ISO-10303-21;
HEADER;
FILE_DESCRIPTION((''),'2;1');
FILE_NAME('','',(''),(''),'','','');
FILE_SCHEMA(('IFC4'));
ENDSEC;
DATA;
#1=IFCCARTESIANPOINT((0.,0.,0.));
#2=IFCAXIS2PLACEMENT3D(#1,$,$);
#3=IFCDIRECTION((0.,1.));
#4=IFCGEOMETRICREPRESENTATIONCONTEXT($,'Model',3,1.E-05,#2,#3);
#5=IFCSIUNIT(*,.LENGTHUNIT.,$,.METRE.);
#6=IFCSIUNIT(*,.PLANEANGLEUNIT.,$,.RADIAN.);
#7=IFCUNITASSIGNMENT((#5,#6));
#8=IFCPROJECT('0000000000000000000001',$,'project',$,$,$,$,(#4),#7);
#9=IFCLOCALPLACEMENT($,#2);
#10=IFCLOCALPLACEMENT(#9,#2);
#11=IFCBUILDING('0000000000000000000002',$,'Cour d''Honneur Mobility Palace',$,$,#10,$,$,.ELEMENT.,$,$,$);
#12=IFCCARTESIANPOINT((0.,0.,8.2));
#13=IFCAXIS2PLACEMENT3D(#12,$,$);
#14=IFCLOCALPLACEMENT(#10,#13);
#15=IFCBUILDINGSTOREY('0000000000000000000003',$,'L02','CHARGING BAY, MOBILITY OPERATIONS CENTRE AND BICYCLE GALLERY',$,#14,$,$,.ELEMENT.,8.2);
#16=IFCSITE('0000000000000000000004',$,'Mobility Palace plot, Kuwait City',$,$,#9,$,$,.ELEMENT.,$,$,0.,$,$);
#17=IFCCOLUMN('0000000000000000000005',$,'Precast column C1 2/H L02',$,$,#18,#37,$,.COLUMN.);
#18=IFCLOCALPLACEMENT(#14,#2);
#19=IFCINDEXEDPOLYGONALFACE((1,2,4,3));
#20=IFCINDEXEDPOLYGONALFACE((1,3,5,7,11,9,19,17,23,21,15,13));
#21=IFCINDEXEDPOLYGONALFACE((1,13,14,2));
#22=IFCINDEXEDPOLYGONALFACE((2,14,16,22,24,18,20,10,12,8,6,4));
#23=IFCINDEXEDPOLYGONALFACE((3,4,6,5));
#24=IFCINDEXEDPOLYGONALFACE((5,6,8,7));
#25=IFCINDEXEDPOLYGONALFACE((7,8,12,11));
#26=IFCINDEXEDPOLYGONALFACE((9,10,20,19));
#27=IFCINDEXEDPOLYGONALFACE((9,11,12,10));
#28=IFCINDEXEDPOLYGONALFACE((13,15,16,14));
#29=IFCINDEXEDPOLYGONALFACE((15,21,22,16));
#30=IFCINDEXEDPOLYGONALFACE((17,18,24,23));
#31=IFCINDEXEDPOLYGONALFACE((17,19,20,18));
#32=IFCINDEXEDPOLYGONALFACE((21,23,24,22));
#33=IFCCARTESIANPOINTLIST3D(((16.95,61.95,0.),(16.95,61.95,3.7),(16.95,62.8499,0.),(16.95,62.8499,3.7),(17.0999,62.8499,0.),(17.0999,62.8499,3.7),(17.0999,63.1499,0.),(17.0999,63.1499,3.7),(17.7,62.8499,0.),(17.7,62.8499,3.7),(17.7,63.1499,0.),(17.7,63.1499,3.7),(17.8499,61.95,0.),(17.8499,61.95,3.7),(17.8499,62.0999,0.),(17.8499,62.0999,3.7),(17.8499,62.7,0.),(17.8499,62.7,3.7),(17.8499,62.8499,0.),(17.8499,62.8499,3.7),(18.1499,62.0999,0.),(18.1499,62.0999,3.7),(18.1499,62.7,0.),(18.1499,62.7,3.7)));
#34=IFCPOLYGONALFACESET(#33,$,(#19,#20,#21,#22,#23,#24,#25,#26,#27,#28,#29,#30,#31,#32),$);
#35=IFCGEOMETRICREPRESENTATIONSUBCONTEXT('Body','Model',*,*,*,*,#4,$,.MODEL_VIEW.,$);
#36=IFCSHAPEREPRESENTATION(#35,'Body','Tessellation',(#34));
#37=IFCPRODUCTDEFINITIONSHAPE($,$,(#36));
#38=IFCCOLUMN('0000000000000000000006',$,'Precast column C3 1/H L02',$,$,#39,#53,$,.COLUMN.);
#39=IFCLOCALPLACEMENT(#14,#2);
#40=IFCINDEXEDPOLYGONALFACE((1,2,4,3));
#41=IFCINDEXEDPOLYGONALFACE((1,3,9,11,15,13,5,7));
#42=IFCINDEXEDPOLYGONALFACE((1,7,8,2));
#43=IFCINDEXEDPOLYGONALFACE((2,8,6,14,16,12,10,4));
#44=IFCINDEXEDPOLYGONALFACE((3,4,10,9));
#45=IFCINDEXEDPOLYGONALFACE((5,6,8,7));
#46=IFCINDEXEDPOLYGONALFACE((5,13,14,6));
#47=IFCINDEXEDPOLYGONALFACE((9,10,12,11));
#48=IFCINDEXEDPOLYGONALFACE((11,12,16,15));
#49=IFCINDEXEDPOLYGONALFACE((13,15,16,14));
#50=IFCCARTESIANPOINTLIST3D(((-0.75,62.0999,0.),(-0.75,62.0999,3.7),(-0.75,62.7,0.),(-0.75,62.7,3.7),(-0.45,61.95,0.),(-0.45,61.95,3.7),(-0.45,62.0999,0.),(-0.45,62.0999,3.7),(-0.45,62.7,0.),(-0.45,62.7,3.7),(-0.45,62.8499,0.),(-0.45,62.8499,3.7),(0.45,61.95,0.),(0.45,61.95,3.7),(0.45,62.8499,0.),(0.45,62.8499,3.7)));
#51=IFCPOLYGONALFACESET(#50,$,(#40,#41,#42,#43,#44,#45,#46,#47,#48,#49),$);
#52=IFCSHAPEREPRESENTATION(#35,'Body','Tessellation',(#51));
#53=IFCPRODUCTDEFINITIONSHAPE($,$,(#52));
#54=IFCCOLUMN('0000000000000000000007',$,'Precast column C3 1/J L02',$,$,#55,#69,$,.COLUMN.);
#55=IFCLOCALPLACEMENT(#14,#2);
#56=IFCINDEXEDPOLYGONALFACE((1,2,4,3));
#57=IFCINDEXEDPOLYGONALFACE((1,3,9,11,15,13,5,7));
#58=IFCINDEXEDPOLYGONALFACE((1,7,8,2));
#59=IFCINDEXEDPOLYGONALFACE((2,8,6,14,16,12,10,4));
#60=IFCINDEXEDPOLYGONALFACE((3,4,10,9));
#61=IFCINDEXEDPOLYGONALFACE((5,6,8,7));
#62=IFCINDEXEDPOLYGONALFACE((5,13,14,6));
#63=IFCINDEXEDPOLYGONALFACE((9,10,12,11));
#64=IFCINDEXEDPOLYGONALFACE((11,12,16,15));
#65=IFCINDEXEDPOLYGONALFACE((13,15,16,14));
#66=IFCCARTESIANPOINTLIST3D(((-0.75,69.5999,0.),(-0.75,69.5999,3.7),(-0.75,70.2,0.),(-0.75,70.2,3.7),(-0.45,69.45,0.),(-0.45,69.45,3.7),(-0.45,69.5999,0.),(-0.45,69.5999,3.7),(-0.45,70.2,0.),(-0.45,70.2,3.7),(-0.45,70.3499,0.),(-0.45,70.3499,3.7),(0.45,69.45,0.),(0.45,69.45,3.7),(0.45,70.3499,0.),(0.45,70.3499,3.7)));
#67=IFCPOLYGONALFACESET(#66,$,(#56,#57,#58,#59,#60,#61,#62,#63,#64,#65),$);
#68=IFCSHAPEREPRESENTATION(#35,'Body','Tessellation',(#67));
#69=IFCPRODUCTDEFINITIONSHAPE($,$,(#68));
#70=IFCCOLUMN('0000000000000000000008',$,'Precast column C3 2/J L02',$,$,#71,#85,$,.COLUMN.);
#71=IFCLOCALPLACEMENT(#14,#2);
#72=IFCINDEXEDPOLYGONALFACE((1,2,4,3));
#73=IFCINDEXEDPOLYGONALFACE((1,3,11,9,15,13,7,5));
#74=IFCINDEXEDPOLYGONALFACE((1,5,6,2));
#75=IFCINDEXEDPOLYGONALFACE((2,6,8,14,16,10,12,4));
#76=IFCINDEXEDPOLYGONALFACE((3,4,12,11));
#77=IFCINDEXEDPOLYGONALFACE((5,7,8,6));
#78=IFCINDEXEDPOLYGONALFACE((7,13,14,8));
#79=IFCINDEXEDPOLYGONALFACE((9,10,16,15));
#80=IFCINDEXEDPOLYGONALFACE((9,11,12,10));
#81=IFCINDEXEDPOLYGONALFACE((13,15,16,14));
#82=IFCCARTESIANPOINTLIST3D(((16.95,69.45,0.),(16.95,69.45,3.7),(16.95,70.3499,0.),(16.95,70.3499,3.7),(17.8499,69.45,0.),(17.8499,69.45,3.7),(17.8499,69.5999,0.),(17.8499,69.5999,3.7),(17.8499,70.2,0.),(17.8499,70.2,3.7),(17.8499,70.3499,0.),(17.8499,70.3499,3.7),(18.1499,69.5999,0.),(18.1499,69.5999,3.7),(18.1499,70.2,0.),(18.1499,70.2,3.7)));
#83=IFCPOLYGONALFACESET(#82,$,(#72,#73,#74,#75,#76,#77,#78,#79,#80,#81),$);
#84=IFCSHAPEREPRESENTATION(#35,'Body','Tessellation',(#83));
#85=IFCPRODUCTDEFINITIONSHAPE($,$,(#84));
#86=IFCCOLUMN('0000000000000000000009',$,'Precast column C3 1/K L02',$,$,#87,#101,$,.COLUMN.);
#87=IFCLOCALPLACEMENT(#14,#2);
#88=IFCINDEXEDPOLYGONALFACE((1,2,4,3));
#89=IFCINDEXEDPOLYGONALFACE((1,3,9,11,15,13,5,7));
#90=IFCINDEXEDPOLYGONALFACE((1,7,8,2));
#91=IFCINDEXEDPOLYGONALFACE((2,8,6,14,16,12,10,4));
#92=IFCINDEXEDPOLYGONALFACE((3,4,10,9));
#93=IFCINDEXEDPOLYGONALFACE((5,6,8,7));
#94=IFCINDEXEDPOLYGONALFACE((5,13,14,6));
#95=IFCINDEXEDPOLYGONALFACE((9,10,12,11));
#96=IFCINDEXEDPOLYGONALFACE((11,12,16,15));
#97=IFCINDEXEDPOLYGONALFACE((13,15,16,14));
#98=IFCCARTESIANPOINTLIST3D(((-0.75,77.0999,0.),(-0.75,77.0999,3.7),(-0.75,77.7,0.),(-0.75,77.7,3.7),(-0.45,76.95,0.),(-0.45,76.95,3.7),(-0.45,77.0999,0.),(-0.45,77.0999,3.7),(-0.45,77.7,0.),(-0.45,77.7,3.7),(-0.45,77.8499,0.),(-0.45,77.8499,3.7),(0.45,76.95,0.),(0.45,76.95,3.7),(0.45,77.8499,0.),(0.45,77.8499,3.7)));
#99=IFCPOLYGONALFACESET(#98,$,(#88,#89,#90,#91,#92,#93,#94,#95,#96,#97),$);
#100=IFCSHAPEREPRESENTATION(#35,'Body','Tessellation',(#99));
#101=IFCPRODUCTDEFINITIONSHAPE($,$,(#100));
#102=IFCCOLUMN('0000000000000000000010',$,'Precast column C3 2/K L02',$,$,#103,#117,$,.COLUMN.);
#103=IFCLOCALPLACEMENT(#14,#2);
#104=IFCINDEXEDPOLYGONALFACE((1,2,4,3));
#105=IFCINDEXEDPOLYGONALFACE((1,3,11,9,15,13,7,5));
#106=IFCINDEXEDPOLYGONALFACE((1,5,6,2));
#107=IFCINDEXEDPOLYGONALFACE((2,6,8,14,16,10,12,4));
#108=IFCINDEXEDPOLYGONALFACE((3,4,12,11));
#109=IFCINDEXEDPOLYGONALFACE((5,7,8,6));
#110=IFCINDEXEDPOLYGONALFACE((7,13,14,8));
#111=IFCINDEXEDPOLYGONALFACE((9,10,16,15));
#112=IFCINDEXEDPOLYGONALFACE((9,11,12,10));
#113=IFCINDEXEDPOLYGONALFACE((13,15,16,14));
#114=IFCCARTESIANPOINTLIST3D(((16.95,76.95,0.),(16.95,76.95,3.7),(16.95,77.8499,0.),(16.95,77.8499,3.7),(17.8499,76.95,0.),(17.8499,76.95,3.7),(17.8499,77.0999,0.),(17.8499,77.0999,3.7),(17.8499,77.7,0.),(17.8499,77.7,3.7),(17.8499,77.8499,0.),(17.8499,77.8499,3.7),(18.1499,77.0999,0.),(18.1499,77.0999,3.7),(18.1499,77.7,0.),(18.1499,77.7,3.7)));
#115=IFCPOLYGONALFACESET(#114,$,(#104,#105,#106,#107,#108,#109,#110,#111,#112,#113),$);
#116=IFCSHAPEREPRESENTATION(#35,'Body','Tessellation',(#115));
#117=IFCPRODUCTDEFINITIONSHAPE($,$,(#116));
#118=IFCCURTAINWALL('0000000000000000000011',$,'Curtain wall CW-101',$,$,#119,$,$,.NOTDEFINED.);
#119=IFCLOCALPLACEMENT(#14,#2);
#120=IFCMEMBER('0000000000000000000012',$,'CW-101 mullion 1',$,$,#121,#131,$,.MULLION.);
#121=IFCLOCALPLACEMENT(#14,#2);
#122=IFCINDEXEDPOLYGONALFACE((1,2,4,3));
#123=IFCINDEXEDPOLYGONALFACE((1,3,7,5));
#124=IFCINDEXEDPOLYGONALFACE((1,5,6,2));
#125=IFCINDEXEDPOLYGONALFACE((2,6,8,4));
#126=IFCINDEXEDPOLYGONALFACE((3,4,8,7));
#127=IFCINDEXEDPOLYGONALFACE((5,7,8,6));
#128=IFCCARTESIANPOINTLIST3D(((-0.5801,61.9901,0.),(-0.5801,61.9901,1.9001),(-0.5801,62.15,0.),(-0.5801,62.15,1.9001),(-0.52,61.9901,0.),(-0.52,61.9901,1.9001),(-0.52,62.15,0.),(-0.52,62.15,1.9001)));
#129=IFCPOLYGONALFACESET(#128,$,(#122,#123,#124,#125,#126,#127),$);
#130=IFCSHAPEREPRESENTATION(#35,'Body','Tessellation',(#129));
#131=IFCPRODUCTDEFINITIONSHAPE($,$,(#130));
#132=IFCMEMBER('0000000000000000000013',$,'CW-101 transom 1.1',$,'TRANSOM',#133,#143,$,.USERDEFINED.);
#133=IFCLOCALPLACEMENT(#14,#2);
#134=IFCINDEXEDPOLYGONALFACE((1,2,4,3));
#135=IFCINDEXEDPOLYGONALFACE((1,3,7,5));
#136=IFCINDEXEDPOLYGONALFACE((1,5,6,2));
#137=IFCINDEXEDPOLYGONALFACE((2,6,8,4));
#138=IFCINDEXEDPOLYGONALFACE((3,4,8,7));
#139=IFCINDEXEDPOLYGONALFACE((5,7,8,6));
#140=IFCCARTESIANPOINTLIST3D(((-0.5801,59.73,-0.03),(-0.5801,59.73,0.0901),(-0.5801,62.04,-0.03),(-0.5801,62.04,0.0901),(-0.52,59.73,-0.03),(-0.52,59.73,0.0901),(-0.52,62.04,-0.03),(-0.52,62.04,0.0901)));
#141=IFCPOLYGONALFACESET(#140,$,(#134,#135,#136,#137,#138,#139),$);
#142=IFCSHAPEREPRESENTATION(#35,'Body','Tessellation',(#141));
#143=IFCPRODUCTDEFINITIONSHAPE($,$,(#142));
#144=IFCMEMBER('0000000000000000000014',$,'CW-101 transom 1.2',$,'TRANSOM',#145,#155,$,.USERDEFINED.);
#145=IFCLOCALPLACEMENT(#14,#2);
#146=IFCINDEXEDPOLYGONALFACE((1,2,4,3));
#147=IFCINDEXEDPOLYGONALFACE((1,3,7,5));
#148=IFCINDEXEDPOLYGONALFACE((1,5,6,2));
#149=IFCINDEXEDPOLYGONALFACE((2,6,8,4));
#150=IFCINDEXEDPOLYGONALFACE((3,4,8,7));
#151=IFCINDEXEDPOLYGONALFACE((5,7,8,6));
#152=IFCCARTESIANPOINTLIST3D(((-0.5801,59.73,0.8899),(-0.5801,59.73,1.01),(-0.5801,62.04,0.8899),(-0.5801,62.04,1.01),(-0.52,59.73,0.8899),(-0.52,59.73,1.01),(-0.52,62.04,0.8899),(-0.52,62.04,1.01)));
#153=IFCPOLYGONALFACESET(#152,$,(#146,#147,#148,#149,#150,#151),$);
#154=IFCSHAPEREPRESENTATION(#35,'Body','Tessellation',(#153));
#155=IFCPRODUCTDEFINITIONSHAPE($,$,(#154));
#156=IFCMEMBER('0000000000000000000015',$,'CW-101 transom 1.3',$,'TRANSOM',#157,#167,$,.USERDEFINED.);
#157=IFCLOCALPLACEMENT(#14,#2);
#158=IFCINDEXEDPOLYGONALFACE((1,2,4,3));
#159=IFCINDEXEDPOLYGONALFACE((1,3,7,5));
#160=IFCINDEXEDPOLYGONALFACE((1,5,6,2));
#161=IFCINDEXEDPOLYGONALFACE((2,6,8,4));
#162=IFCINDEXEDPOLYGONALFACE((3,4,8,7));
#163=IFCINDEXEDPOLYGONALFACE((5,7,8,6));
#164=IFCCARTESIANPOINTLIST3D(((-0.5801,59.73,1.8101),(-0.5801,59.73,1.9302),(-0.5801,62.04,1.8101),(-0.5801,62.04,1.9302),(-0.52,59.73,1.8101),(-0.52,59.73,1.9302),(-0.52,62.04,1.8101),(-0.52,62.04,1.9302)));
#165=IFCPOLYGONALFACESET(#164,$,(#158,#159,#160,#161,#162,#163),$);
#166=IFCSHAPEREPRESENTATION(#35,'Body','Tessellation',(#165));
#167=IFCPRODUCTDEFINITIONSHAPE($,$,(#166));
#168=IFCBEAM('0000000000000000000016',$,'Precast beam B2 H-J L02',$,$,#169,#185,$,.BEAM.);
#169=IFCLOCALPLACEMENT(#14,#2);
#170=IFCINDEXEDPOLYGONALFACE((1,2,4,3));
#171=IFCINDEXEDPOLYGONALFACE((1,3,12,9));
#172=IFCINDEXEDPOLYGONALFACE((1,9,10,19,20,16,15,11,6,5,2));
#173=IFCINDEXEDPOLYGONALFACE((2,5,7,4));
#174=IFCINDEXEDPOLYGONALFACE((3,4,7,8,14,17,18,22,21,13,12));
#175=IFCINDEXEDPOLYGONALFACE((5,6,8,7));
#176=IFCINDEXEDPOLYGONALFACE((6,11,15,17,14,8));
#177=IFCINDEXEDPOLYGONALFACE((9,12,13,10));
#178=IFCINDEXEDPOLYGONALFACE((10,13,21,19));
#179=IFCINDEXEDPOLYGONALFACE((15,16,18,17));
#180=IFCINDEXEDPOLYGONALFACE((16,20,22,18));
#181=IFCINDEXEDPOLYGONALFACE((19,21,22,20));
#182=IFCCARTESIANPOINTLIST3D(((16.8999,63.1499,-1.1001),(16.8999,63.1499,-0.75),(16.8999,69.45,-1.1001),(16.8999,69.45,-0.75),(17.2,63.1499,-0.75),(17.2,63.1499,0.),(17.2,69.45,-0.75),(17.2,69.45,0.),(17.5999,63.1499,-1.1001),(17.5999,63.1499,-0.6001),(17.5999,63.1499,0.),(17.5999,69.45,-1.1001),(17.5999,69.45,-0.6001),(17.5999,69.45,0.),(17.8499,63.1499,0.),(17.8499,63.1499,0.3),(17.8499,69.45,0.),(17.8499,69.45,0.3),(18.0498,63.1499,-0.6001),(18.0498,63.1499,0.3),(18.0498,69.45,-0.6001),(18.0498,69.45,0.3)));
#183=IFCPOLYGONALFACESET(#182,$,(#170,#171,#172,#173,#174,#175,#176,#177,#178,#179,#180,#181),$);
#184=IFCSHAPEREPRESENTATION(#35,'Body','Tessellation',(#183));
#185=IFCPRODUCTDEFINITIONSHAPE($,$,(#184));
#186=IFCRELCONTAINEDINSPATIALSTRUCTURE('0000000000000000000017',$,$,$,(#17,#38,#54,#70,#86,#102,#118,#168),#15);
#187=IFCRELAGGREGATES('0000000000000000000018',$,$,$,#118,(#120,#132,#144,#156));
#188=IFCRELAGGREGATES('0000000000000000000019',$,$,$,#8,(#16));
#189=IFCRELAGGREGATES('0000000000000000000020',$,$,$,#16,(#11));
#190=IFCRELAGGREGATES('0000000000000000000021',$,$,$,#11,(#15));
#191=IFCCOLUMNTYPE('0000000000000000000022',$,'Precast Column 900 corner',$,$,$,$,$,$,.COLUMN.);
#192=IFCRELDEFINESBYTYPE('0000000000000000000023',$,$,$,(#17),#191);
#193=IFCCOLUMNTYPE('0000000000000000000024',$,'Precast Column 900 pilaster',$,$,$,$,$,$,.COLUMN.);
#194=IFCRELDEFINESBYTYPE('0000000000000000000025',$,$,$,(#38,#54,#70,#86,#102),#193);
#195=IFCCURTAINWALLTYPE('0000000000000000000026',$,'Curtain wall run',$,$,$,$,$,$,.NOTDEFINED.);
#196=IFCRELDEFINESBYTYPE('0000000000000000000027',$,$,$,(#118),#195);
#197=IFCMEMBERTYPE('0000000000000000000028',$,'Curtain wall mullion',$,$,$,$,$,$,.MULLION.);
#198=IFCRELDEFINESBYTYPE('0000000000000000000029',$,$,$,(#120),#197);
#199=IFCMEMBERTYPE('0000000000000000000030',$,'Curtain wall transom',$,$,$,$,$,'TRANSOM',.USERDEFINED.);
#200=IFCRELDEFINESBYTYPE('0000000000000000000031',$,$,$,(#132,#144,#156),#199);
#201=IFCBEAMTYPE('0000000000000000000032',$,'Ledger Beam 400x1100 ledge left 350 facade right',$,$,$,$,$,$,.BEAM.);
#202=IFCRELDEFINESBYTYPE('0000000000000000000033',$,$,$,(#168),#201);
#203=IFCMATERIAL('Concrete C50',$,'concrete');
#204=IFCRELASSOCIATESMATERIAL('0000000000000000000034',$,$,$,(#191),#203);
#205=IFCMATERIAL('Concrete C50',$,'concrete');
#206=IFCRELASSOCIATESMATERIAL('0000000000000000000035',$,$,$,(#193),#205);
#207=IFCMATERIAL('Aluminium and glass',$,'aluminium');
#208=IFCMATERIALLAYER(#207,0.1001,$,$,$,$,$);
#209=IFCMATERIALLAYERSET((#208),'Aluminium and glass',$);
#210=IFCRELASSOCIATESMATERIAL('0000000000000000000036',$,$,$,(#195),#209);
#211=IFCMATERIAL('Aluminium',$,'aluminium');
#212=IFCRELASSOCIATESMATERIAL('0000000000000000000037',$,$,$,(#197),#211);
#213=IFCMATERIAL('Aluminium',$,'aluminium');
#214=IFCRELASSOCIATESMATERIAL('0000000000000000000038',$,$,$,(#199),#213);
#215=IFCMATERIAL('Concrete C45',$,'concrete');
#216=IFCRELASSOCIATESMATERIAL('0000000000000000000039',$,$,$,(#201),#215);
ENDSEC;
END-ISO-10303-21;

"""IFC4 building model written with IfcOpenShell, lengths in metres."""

from ifc_helpers import new_model, si_unit, direction, frame, origin, origin_2d, place, context, subcontext, project, spatial, polyline, rectangle, outline, extrude, material, layer, layer_set, material_profile, profile_set, type_object, element, aggregate, save


model = new_model("IFC4")

# Units and contexts
model_context = context("Model", 3, precision=1e-05, world=origin(), true_north=direction((0.0, 1.0)))
body_context = subcontext(model_context, "Body", "Model", "MODEL_VIEW")
ifc_project = project(units=[si_unit("LENGTHUNIT", "METRE"), si_unit("PLANEANGLEUNIT", "RADIAN")], contexts=[model_context])

# Site, building, storey
site_placement = place(None, origin())
site = spatial("IfcSite", under=ifc_project, at=site_placement, Name="Mobility Palace plot, Kuwait City", CompositionType="ELEMENT", RefElevation=0.0)
building_placement = place(site_placement, origin())
building = spatial("IfcBuilding", under=site, at=building_placement, Name="Cour d'Honneur Mobility Palace", CompositionType="ELEMENT")
storey_placement = place(building_placement, frame((0.0, 0.0, 8.2)))
storey = spatial("IfcBuildingStorey", under=building, at=storey_placement, Name="L02", Description="CHARGING BAY, MOBILITY OPERATIONS CENTRE AND BICYCLE GALLERY", CompositionType="ELEMENT", Elevation=8.2)

# Columns
ifc_material_1 = material(Name="Concrete C50", Category="concrete")
ifc_material_profile_1 = material_profile(ifc_material_1, outline(polyline([(-0.45, -0.45), (0.45, -0.45), (0.45, -0.3), (0.75, -0.3), (0.75, 0.3), (0.45, 0.3), (0.45, 0.45), (0.3, 0.45), (0.3, 0.75), (-0.3, 0.75), (-0.3, 0.45), (-0.45, 0.45), (-0.45, -0.45)])), Name="PC C900 corner")
ifc_profile_set_1 = profile_set([ifc_material_profile_1], Name="Concrete C50")
column_type_1 = type_object("IfcColumnType", Name="Precast Column 900 corner", PredefinedType="COLUMN", material=ifc_profile_set_1)
column_placement = place(storey_placement, frame((17.3999, 62.3999, 0.0), z_axis=(0.0, 0.0, 1.0), x_axis=(1.0, 0.0, 0.0)))
element("IfcColumn", 1, at=column_placement, inside=storey, type_object=column_type_1, Name="Precast column C1 2/H L02", PredefinedType="COLUMN", context=body_context, shape_type="SweptSolid", body=[
    extrude(outline(polyline([(-0.45, -0.45), (0.45, -0.45), (0.45, -0.3), (0.75, -0.3), (0.75, 0.3), (0.45, 0.3), (0.45, 0.45), (0.3, 0.45), (0.3, 0.75), (-0.3, 0.75), (-0.3, 0.45), (-0.45, 0.45), (-0.45, -0.45)])), origin(), (0.0, 0.0, 1.0), 3.7),
])
ifc_material_2 = material(Name="Concrete C50", Category="concrete")
ifc_material_profile_2 = material_profile(ifc_material_2, outline(polyline([(-0.45, -0.45), (0.45, -0.45), (0.45, -0.3), (0.75, -0.3), (0.75, 0.3), (0.45, 0.3), (0.45, 0.45), (-0.45, 0.45), (-0.45, -0.45)])), Name="PC C900 pilaster")
ifc_profile_set_2 = profile_set([ifc_material_profile_2], Name="Concrete C50")
column_type_2 = type_object("IfcColumnType", Name="Precast Column 900 pilaster", PredefinedType="COLUMN", material=ifc_profile_set_2)
for number, where, z_axis, x_axis, name in (
    (2, (0.0, 62.3999, 0.0), (0.0, 0.0, 1.0), (-1.0, 0.0, 0.0), "Precast column C3 1/H L02"),
    (3, (0.0, 69.8999, 0.0), (0.0, 0.0, 1.0), (-1.0, 0.0, 0.0), "Precast column C3 1/J L02"),
    (4, (17.3999, 69.8999, 0.0), (0.0, 0.0, 1.0), (1.0, 0.0, 0.0), "Precast column C3 2/J L02"),
    (5, (0.0, 77.3999, 0.0), (0.0, 0.0, 1.0), (-1.0, 0.0, 0.0), "Precast column C3 1/K L02"),
    (6, (17.3999, 77.3999, 0.0), (0.0, 0.0, 1.0), (1.0, 0.0, 0.0), "Precast column C3 2/K L02"),
):
    element("IfcColumn", number, at=place(storey_placement, frame(where, z_axis=z_axis, x_axis=x_axis)), inside=storey, type_object=column_type_2, Name=name, PredefinedType="COLUMN", context=body_context, shape_type="SweptSolid", body=[
        extrude(outline(polyline([(-0.45, -0.45), (0.45, -0.45), (0.45, -0.3), (0.75, -0.3), (0.75, 0.3), (0.45, 0.3), (0.45, 0.45), (-0.45, 0.45), (-0.45, -0.45)])), origin(), (0.0, 0.0, 1.0), 3.7),
    ])

# Curtain wall, members
ifc_material_3 = material(Name="Aluminium and glass", Category="aluminium")
ifc_layer_1 = layer(ifc_material_3, 0.1001)
ifc_layer_set_1 = layer_set([ifc_layer_1], Name="Aluminium and glass")
curtain_wall_type = type_object("IfcCurtainWallType", Name="Curtain wall run", PredefinedType="NOTDEFINED", material=ifc_layer_set_1)
curtain_wall_placement = place(storey_placement, origin())
curtain_wall = element("IfcCurtainWall", 7, at=curtain_wall_placement, inside=storey, type_object=curtain_wall_type, Name="Curtain wall CW-101", PredefinedType="NOTDEFINED")
ifc_material_4 = material(Name="Aluminium", Category="aluminium")
ifc_material_profile_3 = material_profile(ifc_material_4, rectangle(XDim=0.0601, YDim=0.1599, at=origin_2d()), Name="Curtain wall mullion")
ifc_profile_set_3 = profile_set([ifc_material_profile_3], Name="Aluminium")
member_type_1 = type_object("IfcMemberType", Name="Curtain wall mullion", PredefinedType="MULLION", material=ifc_profile_set_3)
member_1_placement = place(storey_placement, frame((-0.55, 62.0701, 0.0), z_axis=(0.0, 0.0, 1.0), x_axis=(1.0, 0.0, 0.0)))
member_1 = element("IfcMember", 8, at=member_1_placement, type_object=member_type_1, Name="CW-101 mullion 1", PredefinedType="MULLION", context=body_context, shape_type="SweptSolid", body=[
    extrude(rectangle(XDim=0.0601, YDim=0.1599, at=origin_2d()), origin(), (0.0, 0.0, 1.0), 1.9001),
])
ifc_material_5 = material(Name="Aluminium", Category="aluminium")
ifc_material_profile_4 = material_profile(ifc_material_5, rectangle(XDim=0.0601, YDim=0.1201, at=origin_2d()), Name="Curtain wall transom")
ifc_profile_set_4 = profile_set([ifc_material_profile_4], Name="Aluminium")
member_type_2 = type_object("IfcMemberType", Name="Curtain wall transom", ElementType="TRANSOM", PredefinedType="USERDEFINED", material=ifc_profile_set_4)
member_2_placement = place(storey_placement, frame((-0.55, 62.04, 0.03), z_axis=(0.0, -1.0, 0.0), x_axis=(1.0, 0.0, 0.0)))
member_2 = element("IfcMember", 9, at=member_2_placement, type_object=member_type_2, Name="CW-101 transom 1.1", ObjectType="TRANSOM", PredefinedType="USERDEFINED", context=body_context, shape_type="SweptSolid", body=[
    extrude(rectangle(XDim=0.0601, YDim=0.1201, at=origin_2d()), origin(), (0.0, 0.0, 1.0), 2.3101),
])
member_3_placement = place(storey_placement, frame((-0.55, 62.04, 0.95), z_axis=(0.0, -1.0, 0.0), x_axis=(1.0, 0.0, 0.0)))
member_3 = element("IfcMember", 10, at=member_3_placement, type_object=member_type_2, Name="CW-101 transom 1.2", ObjectType="TRANSOM", PredefinedType="USERDEFINED", context=body_context, shape_type="SweptSolid", body=[
    extrude(rectangle(XDim=0.0601, YDim=0.1201, at=origin_2d()), origin(), (0.0, 0.0, 1.0), 2.3101),
])
member_4_placement = place(storey_placement, frame((-0.55, 62.04, 1.8701), z_axis=(0.0, -1.0, 0.0), x_axis=(1.0, 0.0, 0.0)))
member_4 = element("IfcMember", 11, at=member_4_placement, type_object=member_type_2, Name="CW-101 transom 1.3", ObjectType="TRANSOM", PredefinedType="USERDEFINED", context=body_context, shape_type="SweptSolid", body=[
    extrude(rectangle(XDim=0.0601, YDim=0.1201, at=origin_2d()), origin(), (0.0, 0.0, 1.0), 2.3101),
])
aggregate(curtain_wall, [member_1, member_2, member_3, member_4])

# Beam
ifc_material_6 = material(Name="Concrete C45", Category="concrete")
ifc_material_profile_5 = material_profile(ifc_material_6, outline(polyline([(0.5, -1.1001), (0.5, -0.75), (0.2, -0.75), (0.2, 0.0), (-0.2, 0.0), (-0.45, 0.0), (-0.45, 0.3), (-0.6499, 0.3), (-0.6499, -0.6001), (-0.2, -0.6001), (-0.2, -1.1001), (0.5, -1.1001)])), Name="Ledger Beam 400x1100 ledge left 350 facade right")
ifc_profile_set_5 = profile_set([ifc_material_profile_5], Name="Concrete C45")
beam_type_1 = type_object("IfcBeamType", Name="Ledger Beam 400x1100 ledge left 350 facade right", PredefinedType="BEAM", material=ifc_profile_set_5)
beam_1_placement = place(storey_placement, frame((17.3999, 63.1499, 0.0), z_axis=(0.0, 1.0, 0.0), x_axis=(-1.0, 0.0, 0.0)))
element("IfcBeam", 12, at=beam_1_placement, inside=storey, type_object=beam_type_1, Name="Precast beam B2 H-J L02", PredefinedType="BEAM", context=body_context, shape_type="SweptSolid", body=[
    extrude(outline(polyline([(0.5, -1.1001), (0.5, -0.75), (0.2, -0.75), (0.2, 0.0), (-0.2, 0.0), (-0.45, 0.0), (-0.45, 0.3), (-0.6499, 0.3), (-0.6499, -0.6001), (-0.2, -0.6001), (-0.2, -1.1001), (0.5, -1.1001)])), origin(), (0.0, 0.0, 1.0), 6.3),
])

save(model, "model.ifc")
